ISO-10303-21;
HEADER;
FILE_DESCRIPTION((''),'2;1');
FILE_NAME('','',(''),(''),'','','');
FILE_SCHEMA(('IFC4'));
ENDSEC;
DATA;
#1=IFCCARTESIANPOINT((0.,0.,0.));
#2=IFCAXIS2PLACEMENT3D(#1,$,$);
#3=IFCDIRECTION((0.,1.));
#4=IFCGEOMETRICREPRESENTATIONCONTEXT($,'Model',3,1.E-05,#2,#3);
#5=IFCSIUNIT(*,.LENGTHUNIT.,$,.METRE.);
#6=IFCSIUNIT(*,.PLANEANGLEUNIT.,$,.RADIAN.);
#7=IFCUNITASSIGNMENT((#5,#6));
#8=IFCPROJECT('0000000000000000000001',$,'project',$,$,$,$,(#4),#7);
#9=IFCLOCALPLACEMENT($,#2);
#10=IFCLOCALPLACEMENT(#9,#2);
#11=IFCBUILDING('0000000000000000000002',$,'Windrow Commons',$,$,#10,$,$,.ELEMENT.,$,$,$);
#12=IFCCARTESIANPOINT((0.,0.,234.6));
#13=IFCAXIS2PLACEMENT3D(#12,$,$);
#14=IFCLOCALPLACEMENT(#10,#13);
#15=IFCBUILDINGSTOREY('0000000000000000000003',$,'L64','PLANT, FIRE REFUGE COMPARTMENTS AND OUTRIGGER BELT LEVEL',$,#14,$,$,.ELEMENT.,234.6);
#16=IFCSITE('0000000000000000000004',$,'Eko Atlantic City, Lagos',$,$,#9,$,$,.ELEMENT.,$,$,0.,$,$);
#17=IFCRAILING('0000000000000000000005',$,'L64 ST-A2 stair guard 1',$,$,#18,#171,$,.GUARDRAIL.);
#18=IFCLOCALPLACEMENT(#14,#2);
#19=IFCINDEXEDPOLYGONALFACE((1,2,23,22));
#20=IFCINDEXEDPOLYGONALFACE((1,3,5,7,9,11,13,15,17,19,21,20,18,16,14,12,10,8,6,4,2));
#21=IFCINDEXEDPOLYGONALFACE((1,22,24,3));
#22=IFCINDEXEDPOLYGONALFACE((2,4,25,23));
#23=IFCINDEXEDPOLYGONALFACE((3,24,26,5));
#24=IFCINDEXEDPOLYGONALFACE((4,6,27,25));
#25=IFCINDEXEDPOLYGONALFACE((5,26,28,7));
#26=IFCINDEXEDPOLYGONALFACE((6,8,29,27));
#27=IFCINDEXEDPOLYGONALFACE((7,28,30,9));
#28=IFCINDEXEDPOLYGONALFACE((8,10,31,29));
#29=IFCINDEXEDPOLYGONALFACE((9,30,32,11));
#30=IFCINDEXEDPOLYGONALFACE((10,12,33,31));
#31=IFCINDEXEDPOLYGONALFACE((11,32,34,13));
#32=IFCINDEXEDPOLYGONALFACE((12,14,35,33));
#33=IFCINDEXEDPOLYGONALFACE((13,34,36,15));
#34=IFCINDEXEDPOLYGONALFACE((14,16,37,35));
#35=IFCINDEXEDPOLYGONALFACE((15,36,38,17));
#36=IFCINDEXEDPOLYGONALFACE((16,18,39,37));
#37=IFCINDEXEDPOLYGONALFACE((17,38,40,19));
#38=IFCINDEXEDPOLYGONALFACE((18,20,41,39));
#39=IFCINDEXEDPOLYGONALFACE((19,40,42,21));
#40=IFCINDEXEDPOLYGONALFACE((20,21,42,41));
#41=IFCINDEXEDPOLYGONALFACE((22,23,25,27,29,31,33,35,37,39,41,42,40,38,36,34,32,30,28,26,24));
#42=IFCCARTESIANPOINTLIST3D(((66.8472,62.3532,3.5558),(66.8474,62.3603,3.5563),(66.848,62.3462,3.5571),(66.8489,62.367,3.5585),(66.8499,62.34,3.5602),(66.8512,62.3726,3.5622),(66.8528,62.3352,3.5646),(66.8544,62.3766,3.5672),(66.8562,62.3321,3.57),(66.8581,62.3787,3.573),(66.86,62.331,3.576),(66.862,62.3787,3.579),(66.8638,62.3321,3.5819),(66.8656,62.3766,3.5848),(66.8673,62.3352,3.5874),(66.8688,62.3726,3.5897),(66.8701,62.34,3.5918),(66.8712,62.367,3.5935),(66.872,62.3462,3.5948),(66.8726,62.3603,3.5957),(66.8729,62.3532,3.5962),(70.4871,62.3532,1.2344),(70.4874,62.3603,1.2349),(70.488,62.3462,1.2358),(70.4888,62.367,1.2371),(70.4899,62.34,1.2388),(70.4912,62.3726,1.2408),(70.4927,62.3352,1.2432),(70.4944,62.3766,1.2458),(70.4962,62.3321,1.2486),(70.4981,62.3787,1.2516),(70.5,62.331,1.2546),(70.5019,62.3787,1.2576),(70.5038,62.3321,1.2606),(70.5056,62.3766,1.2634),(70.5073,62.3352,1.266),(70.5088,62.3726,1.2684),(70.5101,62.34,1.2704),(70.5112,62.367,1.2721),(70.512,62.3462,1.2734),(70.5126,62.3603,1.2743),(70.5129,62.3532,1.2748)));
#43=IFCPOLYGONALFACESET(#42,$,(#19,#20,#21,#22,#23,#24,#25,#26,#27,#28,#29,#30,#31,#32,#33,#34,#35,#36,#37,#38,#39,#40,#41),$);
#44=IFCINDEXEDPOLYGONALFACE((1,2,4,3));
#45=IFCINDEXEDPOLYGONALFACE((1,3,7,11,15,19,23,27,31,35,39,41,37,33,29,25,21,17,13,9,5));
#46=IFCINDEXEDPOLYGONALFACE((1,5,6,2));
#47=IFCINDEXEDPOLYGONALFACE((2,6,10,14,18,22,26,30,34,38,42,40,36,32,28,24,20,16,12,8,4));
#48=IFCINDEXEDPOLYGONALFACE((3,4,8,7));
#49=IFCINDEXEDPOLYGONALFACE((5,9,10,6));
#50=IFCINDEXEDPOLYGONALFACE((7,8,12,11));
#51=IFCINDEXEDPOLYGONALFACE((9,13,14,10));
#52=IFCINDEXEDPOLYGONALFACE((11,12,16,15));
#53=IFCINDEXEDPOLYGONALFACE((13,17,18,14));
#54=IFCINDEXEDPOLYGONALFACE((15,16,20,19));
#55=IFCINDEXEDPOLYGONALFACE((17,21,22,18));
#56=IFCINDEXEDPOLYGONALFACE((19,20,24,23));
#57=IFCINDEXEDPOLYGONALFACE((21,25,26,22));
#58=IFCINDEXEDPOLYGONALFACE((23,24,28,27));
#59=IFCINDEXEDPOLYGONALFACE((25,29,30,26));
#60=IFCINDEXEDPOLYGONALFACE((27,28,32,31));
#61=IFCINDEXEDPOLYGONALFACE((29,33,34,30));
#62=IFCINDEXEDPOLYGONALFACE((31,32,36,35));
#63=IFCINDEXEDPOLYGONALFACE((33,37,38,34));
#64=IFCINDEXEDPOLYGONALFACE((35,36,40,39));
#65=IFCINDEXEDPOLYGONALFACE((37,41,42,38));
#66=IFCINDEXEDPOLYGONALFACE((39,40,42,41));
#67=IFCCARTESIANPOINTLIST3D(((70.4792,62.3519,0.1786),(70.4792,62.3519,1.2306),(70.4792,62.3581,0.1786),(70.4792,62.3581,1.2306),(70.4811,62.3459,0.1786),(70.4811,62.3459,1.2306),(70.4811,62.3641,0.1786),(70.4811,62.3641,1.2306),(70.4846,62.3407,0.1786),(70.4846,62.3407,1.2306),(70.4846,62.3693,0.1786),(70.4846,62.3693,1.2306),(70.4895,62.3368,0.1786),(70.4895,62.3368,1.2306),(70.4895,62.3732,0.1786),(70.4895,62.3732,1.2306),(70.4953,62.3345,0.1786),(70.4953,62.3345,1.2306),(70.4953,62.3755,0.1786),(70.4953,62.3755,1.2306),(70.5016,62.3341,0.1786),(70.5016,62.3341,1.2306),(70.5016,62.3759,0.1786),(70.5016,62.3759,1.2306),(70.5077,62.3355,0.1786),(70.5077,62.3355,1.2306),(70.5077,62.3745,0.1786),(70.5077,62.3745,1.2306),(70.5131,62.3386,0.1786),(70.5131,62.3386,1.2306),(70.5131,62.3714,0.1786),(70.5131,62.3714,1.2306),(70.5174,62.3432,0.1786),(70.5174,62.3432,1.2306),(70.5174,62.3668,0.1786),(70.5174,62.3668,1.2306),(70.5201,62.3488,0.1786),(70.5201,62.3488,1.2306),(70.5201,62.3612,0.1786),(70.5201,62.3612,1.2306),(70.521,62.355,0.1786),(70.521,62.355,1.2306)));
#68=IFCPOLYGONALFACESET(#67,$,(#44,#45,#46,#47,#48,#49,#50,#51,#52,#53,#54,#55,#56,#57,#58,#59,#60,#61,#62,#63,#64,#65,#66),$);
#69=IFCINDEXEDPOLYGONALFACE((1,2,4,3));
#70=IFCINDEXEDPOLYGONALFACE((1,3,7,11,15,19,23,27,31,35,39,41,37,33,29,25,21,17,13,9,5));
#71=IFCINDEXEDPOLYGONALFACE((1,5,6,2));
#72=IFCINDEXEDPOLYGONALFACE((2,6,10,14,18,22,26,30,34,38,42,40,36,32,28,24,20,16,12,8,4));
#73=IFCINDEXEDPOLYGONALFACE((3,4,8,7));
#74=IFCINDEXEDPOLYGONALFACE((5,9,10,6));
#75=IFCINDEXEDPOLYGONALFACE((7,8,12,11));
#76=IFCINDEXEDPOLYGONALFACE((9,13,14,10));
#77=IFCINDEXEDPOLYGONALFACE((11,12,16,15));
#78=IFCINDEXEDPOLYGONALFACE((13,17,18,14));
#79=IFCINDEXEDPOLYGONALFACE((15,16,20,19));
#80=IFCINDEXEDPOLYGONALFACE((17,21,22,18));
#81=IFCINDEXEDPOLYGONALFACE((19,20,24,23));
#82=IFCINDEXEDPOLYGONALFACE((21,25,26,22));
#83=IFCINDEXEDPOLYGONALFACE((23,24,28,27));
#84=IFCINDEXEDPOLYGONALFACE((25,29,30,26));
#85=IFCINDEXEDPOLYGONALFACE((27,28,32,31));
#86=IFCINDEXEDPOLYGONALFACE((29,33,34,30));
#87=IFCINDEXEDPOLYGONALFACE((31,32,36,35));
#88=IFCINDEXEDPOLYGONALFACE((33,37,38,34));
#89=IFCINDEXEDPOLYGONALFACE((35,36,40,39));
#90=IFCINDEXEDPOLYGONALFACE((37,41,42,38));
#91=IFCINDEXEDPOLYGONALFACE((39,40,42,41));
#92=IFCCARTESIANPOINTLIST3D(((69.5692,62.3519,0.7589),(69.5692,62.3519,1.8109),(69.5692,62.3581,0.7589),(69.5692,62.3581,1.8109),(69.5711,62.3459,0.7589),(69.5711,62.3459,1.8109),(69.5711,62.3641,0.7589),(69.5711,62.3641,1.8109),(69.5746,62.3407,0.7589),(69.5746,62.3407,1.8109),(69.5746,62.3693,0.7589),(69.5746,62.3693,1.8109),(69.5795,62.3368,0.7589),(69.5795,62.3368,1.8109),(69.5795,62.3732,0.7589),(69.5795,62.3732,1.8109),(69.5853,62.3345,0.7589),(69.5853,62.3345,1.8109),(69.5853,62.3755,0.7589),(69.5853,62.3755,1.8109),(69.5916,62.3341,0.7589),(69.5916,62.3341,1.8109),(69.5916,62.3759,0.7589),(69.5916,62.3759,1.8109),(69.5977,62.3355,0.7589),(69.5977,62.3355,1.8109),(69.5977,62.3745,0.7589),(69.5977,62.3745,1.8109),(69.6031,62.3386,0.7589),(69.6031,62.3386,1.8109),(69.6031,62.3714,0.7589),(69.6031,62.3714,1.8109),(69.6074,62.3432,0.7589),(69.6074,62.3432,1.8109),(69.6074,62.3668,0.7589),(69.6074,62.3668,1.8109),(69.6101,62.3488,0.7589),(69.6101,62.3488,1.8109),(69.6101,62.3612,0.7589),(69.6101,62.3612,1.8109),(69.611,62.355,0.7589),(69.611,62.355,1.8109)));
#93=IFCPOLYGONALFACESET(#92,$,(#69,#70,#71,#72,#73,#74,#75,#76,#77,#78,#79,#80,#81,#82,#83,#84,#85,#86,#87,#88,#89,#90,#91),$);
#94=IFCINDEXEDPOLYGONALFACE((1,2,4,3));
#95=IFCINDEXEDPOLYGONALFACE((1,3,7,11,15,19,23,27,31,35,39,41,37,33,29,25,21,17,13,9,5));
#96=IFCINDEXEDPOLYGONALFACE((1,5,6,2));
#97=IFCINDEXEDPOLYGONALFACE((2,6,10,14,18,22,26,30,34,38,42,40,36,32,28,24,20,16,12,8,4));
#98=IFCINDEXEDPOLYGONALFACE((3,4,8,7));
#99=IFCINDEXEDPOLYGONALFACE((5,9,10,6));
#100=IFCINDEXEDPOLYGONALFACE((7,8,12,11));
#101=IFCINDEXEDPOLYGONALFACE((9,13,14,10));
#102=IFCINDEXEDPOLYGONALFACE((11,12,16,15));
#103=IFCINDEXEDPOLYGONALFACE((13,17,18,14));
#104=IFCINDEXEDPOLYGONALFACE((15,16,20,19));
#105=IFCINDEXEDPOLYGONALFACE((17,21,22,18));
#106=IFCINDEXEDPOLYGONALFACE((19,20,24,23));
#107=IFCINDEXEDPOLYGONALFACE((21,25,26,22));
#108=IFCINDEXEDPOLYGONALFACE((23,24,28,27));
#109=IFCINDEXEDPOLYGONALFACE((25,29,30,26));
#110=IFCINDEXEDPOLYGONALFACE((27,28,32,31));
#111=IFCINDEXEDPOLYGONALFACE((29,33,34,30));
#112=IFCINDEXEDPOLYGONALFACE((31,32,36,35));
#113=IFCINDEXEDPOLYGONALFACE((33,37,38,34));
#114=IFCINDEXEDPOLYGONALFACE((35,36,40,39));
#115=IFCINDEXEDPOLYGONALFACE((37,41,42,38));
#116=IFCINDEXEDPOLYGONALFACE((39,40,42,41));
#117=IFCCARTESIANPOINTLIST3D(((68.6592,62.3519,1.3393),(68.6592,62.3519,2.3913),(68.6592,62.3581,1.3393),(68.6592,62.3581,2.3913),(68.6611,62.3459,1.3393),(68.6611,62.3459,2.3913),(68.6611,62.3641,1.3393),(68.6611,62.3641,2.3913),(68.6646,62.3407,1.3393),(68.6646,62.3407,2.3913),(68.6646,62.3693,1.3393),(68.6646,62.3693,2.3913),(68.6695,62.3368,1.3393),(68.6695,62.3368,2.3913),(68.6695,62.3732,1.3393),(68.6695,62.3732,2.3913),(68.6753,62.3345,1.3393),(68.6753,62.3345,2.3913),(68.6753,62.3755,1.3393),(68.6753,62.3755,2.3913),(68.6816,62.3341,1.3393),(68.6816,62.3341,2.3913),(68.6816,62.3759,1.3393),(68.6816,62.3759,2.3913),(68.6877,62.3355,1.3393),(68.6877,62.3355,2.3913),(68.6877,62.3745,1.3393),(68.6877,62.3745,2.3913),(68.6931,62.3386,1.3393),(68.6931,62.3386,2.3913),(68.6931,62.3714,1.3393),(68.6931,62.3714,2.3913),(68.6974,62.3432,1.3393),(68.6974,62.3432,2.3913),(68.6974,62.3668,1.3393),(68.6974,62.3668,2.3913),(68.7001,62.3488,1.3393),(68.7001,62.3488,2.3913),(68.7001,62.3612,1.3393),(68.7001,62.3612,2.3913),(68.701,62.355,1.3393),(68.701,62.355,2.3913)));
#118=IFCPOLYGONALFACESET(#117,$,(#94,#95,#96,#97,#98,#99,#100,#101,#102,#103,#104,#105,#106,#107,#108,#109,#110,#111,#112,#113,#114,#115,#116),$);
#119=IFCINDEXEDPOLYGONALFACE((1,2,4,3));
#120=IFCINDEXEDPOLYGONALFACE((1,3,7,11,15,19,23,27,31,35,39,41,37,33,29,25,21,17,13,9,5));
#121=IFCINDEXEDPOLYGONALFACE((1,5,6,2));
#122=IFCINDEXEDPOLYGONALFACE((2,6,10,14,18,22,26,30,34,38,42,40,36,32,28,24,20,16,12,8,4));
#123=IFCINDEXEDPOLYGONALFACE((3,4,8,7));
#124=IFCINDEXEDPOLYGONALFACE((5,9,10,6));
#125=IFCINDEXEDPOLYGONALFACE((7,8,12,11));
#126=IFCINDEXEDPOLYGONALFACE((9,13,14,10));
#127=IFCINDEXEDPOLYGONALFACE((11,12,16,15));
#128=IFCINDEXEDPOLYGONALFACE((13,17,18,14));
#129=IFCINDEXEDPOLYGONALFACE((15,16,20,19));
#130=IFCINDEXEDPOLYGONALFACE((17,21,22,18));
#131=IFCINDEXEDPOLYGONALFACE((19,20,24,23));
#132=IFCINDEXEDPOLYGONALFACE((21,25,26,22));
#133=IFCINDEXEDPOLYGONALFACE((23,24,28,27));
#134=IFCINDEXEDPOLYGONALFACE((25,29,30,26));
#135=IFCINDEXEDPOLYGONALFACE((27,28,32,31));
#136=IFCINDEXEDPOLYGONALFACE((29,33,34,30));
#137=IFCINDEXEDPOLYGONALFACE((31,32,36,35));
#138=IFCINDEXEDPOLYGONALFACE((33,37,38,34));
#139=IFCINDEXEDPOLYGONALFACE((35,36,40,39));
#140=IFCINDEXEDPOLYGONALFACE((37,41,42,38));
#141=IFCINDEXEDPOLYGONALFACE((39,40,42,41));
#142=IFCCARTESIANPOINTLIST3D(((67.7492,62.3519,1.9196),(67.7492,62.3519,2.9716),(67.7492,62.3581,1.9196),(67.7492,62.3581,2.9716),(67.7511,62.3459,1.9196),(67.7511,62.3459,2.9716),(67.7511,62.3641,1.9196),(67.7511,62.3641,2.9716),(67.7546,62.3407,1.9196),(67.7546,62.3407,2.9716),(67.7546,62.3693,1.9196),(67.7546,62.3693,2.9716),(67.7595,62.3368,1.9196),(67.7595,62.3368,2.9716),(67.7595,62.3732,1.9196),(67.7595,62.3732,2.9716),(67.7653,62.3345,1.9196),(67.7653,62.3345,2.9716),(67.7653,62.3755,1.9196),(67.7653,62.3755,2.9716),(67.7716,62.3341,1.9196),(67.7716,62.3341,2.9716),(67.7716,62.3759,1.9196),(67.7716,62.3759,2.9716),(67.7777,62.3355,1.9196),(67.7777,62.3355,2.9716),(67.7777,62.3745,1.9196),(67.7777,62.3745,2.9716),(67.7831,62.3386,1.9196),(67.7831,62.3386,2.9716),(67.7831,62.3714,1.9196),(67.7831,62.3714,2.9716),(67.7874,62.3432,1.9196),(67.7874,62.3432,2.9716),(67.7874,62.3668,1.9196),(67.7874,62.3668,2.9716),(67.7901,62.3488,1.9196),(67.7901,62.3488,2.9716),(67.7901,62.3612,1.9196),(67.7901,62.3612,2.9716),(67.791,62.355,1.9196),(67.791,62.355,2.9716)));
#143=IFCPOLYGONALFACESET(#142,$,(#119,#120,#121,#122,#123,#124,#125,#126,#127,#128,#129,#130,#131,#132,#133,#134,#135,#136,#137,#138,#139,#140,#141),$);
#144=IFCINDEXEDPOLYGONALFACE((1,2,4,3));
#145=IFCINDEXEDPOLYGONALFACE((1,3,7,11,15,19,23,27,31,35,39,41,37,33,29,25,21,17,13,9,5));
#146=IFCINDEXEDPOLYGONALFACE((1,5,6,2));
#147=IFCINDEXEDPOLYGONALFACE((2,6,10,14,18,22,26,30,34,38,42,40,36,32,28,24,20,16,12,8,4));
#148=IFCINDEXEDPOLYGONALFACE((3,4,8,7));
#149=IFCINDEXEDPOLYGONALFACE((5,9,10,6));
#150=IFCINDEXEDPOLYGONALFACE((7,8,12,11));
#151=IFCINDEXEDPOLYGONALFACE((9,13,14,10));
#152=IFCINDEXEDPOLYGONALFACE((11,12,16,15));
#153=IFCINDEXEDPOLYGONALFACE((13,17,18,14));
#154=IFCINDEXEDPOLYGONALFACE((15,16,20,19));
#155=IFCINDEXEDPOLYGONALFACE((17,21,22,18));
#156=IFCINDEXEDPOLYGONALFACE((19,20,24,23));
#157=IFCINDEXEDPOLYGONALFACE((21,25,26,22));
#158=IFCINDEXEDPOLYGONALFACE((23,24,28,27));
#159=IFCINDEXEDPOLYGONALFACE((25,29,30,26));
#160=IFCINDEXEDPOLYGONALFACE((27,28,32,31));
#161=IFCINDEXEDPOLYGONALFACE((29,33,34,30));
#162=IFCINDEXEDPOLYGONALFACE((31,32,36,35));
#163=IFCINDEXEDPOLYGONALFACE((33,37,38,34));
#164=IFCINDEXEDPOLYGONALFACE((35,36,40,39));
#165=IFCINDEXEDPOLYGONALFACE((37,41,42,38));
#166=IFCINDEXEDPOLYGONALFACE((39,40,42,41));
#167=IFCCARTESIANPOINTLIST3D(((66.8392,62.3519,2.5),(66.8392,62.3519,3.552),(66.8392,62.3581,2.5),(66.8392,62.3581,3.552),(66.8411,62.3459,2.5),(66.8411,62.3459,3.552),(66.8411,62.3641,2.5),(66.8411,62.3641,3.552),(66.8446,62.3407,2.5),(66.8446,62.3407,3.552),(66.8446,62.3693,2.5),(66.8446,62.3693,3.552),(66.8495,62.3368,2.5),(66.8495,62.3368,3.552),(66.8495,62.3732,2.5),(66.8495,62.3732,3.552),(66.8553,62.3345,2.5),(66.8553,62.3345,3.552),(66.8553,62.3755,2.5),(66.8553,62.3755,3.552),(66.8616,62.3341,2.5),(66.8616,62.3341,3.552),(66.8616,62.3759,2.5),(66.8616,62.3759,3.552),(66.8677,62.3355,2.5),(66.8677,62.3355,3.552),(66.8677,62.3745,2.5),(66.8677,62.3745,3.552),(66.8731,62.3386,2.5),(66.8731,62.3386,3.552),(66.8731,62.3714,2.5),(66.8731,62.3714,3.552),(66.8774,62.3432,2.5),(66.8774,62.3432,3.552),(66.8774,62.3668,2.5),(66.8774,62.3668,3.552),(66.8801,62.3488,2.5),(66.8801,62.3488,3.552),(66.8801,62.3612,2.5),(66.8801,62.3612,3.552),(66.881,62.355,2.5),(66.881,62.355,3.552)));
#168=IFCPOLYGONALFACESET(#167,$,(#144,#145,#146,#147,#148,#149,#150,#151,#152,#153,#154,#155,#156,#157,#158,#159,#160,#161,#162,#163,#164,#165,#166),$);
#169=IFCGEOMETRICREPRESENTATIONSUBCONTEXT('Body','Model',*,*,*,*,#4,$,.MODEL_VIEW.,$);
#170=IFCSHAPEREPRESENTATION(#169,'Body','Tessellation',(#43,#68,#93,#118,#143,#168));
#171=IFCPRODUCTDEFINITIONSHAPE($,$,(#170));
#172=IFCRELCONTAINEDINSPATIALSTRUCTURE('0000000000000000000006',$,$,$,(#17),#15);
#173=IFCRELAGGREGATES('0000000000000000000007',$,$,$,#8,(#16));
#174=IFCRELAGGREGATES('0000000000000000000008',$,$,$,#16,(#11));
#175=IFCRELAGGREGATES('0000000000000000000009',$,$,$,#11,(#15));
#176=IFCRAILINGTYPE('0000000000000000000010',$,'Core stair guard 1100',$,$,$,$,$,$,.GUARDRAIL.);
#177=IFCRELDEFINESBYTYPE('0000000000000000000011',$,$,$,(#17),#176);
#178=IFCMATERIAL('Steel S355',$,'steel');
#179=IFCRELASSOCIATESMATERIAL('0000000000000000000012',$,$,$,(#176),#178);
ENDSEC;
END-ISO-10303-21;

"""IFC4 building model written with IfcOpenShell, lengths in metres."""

from ifc_helpers import new_model, si_unit, direction, frame, origin, origin_2d, place, context, subcontext, project, spatial, circle, extrude, material, type_object, element, save


model = new_model("IFC4")

# Units and contexts
model_context = context("Model", 3, precision=1e-05, world=origin(), true_north=direction((0.0, 1.0)))
body_context = subcontext(model_context, "Body", "Model", "MODEL_VIEW")
ifc_project = project(units=[si_unit("LENGTHUNIT", "METRE"), si_unit("PLANEANGLEUNIT", "RADIAN")], contexts=[model_context])

# Site, building, storey
site_placement = place(None, origin())
site = spatial("IfcSite", under=ifc_project, at=site_placement, Name="Eko Atlantic City, Lagos", CompositionType="ELEMENT", RefElevation=0.0)
building_placement = place(site_placement, origin())
building = spatial("IfcBuilding", under=site, at=building_placement, Name="Windrow Commons", CompositionType="ELEMENT")
storey_placement = place(building_placement, frame((0.0, 0.0, 234.6)))
storey = spatial("IfcBuildingStorey", under=building, at=storey_placement, Name="L64", Description="PLANT, FIRE REFUGE COMPARTMENTS AND OUTRIGGER BELT LEVEL", CompositionType="ELEMENT", Elevation=234.6)

# Railing
ifc_material_1 = material(Name="Steel S355", Category="steel")
railing_type_1 = type_object("IfcRailingType", Name="Core stair guard 1100", PredefinedType="GUARDRAIL", material=ifc_material_1)
railing_1_placement = place(storey_placement, frame((70.5, 62.355, 0.1786)))
element("IfcRailing", 1, at=railing_1_placement, inside=storey, type_object=railing_type_1, Name="L64 ST-A2 stair guard 1", PredefinedType="GUARDRAIL", context=body_context, shape_type="SweptSolid", body=[
    extrude(circle(Radius=0.024, at=origin_2d()), frame((0.0, 0.0, 1.076), z_axis=(-0.843133, 0.0, 0.537706), x_axis=(0.0, -1.0, 0.0)), (0.0, 0.0, 1.0), 4.3172),
    extrude(circle(Radius=0.021, at=origin_2d()), origin(), (0.0, 0.0, 1.0), 1.052),
    extrude(circle(Radius=0.021, at=origin_2d()), frame((-0.91, 0.0, 0.5803)), (0.0, 0.0, 1.0), 1.052),
    extrude(circle(Radius=0.021, at=origin_2d()), frame((-1.82, 0.0, 1.1607)), (0.0, 0.0, 1.0), 1.052),
    extrude(circle(Radius=0.021, at=origin_2d()), frame((-2.73, 0.0, 1.741)), (0.0, 0.0, 1.0), 1.052),
    extrude(circle(Radius=0.021, at=origin_2d()), frame((-3.64, 0.0, 2.3214)), (0.0, 0.0, 1.0), 1.052),
])

save(model, "model.ifc")
